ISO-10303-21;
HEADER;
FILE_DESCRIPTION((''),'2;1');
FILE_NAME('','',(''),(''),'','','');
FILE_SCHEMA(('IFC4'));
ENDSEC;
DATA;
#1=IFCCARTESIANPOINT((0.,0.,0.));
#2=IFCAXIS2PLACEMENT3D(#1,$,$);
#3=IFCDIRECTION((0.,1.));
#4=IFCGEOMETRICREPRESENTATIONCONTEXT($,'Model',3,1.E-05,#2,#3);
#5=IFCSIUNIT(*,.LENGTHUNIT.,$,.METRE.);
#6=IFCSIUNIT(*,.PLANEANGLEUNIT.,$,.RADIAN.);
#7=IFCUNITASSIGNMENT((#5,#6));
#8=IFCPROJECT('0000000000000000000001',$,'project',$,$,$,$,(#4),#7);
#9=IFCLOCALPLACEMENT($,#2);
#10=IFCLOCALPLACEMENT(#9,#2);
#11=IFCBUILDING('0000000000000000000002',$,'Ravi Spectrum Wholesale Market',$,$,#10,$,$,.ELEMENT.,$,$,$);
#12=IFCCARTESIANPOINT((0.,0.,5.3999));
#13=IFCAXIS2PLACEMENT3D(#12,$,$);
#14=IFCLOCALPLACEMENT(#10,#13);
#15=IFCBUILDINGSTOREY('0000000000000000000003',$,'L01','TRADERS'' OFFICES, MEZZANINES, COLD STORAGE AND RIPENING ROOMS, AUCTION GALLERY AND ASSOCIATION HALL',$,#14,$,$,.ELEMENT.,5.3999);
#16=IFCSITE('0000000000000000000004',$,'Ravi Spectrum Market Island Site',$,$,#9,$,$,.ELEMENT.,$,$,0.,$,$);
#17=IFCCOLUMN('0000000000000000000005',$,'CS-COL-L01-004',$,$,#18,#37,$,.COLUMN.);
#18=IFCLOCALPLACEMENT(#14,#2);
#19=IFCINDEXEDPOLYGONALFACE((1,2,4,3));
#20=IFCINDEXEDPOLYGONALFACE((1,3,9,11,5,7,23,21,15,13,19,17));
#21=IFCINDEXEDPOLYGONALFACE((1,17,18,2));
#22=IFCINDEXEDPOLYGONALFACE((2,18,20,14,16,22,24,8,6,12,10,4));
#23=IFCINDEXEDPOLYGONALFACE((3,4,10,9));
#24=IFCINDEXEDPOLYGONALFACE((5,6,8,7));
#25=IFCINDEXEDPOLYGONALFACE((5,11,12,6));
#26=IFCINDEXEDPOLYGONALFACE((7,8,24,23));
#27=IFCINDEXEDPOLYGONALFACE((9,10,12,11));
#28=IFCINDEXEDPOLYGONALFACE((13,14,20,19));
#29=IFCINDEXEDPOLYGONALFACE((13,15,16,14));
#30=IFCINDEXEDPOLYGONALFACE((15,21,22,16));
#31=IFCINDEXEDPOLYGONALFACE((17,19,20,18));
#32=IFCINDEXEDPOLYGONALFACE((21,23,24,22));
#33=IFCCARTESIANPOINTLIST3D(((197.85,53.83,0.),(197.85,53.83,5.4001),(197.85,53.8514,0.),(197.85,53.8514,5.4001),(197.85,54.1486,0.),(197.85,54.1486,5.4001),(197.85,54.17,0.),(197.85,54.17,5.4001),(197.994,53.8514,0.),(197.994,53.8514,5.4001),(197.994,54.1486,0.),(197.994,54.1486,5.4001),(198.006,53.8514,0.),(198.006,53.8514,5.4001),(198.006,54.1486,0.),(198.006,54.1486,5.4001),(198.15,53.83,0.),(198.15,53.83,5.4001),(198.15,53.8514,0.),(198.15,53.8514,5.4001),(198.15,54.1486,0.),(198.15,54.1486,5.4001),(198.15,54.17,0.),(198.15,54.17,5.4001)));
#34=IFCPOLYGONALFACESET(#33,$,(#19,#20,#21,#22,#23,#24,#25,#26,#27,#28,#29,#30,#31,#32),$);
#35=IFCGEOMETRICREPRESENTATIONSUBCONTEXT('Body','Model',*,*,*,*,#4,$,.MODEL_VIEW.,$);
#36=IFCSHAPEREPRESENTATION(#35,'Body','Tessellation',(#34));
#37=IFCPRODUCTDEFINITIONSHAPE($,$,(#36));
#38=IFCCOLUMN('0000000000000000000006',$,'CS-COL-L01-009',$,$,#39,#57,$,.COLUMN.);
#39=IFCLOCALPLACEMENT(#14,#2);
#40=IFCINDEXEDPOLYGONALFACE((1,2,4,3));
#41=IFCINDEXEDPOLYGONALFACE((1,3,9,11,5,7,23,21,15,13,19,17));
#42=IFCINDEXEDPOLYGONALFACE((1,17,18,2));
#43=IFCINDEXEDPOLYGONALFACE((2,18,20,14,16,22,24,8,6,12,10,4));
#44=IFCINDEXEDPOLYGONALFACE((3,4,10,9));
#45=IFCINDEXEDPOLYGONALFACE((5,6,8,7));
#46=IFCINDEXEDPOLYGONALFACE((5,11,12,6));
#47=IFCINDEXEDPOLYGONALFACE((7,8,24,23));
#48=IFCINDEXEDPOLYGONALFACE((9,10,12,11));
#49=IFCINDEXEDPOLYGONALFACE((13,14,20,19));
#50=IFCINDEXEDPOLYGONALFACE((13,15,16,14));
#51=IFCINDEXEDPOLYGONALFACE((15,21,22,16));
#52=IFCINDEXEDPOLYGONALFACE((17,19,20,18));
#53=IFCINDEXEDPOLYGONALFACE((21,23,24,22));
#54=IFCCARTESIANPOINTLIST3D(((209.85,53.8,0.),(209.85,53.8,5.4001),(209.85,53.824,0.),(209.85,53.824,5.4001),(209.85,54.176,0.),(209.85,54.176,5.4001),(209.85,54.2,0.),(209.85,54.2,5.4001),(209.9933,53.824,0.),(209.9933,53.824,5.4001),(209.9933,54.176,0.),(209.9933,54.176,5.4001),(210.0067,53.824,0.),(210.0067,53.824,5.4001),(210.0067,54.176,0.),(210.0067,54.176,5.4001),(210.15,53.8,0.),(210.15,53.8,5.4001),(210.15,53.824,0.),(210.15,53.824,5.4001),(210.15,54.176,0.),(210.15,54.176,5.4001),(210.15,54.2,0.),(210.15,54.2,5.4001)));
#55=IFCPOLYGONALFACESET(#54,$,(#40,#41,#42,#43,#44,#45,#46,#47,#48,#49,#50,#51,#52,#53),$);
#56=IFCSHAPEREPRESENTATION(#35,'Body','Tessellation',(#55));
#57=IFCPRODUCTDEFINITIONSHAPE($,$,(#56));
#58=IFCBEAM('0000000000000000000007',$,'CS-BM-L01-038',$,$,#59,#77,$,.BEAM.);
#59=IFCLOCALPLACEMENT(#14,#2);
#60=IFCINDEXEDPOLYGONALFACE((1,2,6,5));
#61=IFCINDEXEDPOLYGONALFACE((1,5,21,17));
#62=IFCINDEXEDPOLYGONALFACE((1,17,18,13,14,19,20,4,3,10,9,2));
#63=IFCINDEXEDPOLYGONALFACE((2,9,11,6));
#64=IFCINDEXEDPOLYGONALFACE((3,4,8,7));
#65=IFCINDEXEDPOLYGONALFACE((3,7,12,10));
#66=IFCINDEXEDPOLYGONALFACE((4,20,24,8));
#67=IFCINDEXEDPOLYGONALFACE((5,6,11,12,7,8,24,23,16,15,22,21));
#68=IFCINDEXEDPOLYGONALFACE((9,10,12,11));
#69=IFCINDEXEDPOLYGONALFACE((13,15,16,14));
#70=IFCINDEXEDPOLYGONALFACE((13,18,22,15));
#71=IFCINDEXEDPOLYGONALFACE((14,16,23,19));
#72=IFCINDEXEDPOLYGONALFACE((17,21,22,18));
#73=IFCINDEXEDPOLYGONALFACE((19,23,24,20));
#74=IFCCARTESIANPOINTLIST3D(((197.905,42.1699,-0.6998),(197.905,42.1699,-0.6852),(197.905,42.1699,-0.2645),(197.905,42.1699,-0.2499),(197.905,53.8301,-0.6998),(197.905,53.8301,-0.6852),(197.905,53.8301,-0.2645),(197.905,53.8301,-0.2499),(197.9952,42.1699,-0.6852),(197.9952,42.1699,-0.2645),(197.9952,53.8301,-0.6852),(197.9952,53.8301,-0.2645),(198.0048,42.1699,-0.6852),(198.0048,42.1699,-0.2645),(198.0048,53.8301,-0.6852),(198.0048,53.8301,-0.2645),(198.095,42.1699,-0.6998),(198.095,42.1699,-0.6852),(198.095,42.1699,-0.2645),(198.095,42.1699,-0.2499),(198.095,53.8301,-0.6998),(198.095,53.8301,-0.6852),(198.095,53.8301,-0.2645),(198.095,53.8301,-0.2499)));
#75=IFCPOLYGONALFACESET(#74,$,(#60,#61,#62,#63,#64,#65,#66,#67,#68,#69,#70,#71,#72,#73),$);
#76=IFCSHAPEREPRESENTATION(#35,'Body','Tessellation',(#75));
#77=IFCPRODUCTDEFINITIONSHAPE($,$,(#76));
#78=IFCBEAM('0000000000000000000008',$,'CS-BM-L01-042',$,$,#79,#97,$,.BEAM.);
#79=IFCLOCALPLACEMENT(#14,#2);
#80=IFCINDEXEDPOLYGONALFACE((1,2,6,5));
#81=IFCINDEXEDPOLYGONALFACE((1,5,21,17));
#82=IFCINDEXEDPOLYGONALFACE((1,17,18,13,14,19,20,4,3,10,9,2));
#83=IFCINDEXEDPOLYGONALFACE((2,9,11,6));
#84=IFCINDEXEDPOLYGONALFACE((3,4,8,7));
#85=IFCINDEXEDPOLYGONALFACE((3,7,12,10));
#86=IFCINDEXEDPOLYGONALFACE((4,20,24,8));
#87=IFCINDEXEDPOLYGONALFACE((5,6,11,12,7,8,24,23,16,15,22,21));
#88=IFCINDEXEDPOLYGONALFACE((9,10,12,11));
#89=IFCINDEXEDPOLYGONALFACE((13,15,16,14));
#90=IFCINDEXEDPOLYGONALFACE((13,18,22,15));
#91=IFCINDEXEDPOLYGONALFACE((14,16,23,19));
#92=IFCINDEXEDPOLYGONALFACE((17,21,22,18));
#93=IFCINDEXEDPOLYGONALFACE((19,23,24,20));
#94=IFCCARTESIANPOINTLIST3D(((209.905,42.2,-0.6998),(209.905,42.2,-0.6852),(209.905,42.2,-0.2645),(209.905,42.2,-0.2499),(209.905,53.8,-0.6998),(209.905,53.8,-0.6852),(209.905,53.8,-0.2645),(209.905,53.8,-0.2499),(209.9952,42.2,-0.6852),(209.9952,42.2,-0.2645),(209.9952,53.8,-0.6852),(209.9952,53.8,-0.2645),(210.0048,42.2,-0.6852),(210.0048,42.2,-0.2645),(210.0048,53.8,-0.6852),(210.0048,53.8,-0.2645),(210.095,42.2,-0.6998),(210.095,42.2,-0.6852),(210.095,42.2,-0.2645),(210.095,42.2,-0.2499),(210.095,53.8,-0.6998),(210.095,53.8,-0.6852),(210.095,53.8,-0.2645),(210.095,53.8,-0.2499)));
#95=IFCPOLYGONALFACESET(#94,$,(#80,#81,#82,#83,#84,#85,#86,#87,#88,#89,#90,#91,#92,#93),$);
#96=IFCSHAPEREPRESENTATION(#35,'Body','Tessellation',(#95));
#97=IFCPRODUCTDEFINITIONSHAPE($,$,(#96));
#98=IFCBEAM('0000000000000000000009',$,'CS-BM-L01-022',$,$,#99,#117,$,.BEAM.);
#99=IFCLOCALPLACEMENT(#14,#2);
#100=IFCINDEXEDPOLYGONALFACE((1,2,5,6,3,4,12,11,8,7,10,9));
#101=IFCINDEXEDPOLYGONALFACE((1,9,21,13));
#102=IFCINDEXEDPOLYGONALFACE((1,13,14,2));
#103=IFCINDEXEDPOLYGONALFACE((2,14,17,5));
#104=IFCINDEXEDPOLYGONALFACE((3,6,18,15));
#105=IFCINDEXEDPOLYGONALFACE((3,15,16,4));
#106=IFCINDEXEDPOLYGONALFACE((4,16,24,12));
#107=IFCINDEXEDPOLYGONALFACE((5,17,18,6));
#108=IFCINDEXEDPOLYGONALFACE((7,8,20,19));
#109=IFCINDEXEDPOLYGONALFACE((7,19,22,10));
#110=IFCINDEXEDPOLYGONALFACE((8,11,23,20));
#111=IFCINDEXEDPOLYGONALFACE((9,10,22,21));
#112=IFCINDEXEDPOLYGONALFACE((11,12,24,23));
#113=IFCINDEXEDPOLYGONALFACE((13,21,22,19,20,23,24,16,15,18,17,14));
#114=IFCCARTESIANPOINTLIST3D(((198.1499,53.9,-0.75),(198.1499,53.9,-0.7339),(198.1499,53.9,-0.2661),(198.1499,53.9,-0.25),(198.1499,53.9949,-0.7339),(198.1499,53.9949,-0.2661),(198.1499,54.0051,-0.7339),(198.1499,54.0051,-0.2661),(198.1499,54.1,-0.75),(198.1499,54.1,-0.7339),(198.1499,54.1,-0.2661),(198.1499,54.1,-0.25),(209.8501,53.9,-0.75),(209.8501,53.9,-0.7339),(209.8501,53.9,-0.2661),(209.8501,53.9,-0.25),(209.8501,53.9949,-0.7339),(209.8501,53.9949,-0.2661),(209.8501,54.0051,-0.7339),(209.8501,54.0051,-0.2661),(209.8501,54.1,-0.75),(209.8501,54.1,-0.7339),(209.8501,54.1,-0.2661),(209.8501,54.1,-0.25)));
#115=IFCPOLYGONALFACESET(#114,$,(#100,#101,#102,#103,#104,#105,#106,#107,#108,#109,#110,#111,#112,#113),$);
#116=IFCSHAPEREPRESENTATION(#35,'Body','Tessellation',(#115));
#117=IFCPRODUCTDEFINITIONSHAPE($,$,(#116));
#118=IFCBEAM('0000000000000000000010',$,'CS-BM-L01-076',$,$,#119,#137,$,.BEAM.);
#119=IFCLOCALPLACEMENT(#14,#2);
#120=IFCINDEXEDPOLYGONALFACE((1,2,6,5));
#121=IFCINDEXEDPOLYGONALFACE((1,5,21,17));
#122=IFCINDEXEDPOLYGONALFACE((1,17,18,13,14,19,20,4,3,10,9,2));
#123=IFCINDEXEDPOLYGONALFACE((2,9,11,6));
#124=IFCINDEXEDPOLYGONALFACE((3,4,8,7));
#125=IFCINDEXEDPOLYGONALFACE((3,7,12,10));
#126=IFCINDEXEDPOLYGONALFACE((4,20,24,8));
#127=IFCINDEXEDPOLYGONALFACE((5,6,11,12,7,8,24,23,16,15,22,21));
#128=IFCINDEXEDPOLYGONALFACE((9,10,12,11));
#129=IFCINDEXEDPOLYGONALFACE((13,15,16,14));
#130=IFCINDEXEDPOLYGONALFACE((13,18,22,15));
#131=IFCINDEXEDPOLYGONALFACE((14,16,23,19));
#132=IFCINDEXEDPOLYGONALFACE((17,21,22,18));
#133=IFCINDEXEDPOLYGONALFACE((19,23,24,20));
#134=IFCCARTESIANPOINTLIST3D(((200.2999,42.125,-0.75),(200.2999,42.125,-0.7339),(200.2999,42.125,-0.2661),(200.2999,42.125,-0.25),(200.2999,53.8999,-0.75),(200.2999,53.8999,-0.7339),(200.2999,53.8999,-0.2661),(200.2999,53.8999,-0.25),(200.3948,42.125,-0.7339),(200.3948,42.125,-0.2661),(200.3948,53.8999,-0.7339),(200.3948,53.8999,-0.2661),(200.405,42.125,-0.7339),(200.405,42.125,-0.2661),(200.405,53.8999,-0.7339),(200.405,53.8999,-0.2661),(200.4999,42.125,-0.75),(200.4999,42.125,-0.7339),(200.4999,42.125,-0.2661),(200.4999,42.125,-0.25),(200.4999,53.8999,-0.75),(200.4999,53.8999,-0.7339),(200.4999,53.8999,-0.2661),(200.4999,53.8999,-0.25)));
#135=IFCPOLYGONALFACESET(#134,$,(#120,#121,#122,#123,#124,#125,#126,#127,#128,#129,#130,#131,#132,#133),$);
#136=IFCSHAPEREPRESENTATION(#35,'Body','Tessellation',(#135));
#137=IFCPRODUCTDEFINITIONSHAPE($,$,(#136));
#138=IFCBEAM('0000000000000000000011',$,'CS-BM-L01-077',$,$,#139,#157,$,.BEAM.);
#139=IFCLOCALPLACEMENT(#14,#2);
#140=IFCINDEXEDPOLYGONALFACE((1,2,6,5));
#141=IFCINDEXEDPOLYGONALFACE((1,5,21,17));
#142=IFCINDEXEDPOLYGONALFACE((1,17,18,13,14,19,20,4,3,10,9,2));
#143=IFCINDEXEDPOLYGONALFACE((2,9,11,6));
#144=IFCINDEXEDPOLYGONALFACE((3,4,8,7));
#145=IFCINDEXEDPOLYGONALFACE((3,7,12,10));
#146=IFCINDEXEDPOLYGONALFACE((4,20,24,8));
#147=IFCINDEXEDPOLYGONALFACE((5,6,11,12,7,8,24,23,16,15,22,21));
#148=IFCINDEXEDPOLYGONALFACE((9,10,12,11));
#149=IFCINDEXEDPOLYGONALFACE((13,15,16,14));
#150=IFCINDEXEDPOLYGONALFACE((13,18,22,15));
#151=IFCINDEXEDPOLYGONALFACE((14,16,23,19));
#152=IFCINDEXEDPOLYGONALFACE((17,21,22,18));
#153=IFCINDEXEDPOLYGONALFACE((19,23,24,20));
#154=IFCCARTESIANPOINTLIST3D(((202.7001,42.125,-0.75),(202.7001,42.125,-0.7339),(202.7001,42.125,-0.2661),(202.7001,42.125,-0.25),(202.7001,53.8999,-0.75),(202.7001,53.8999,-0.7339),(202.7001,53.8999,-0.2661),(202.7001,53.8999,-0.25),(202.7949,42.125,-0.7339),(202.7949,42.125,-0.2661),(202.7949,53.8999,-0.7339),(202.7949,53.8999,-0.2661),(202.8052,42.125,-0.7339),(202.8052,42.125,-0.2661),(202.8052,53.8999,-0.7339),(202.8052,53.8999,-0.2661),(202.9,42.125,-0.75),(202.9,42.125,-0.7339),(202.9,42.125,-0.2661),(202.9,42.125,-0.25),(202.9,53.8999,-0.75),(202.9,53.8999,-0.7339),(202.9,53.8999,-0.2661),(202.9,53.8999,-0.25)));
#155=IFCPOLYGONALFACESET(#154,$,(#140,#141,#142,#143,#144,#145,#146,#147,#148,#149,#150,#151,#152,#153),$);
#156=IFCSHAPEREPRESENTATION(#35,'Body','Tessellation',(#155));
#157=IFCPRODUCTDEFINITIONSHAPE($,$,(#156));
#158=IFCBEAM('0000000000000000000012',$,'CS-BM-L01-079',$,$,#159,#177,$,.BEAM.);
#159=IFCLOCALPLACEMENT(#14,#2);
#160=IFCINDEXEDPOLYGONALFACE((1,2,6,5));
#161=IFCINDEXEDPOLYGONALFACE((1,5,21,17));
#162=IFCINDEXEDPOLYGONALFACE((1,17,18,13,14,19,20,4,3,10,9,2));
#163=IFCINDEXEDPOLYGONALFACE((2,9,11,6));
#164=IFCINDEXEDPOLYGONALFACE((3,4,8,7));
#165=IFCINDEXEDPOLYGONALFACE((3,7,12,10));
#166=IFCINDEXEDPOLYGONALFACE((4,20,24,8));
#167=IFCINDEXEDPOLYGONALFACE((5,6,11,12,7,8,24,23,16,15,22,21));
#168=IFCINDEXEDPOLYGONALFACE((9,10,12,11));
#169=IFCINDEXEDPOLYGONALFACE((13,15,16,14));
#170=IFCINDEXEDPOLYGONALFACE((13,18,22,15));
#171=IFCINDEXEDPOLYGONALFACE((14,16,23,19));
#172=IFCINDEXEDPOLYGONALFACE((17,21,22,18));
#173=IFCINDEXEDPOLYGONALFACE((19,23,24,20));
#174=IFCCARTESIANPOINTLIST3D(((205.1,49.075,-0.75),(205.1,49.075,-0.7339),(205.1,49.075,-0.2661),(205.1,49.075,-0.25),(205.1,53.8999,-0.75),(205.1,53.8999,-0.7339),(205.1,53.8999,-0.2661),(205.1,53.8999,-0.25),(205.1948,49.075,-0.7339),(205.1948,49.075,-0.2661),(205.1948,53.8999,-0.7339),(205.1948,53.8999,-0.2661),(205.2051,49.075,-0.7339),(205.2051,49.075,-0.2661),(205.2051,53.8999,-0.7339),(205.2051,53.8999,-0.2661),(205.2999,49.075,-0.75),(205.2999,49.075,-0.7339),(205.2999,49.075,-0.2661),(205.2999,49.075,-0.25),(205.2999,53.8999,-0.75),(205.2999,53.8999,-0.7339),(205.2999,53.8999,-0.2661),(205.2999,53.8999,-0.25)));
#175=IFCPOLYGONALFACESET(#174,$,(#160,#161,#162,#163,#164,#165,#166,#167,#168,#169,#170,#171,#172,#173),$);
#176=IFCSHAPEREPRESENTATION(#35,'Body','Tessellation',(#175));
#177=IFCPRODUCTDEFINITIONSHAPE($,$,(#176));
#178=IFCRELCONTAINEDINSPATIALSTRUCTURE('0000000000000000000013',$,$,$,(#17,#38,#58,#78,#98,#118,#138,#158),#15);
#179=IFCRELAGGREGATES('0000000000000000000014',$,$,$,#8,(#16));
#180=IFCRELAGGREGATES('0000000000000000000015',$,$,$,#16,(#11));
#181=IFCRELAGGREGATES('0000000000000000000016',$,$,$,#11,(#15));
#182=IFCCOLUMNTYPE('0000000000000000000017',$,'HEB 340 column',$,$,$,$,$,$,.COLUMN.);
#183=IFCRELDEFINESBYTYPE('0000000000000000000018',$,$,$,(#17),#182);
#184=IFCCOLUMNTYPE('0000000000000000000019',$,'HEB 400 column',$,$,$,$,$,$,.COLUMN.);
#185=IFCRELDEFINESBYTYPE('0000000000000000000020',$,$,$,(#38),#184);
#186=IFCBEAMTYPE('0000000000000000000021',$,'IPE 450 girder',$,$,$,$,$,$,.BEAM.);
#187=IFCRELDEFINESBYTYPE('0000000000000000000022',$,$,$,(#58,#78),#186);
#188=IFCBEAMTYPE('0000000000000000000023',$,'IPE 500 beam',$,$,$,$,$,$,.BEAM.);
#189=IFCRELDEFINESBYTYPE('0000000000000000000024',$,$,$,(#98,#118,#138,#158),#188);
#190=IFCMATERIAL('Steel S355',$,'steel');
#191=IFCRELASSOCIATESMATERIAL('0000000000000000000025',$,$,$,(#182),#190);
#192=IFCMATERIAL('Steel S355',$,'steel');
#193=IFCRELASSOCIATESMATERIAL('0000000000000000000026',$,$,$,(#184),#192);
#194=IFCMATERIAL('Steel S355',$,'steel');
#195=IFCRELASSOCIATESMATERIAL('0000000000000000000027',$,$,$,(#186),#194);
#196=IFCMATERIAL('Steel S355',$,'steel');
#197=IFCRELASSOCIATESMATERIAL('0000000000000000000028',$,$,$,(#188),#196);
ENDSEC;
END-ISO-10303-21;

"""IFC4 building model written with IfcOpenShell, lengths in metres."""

from ifc_helpers import new_model, si_unit, direction, frame, origin, origin_2d, place, context, subcontext, project, spatial, i_section, extrude, material, material_profile, profile_set, type_object, element, save


model = new_model("IFC4")

# Units and contexts
model_context = context("Model", 3, precision=1e-05, world=origin(), true_north=direction((0.0, 1.0)))
body_context = subcontext(model_context, "Body", "Model", "MODEL_VIEW")
ifc_project = project(units=[si_unit("LENGTHUNIT", "METRE"), si_unit("PLANEANGLEUNIT", "RADIAN")], contexts=[model_context])

# Site, building, storey
site_placement = place(None, origin())
site = spatial("IfcSite", under=ifc_project, at=site_placement, Name="Ravi Spectrum Market Island Site", CompositionType="ELEMENT", RefElevation=0.0)
building_placement = place(site_placement, origin())
building = spatial("IfcBuilding", under=site, at=building_placement, Name="Ravi Spectrum Wholesale Market", CompositionType="ELEMENT")
storey_placement = place(building_placement, frame((0.0, 0.0, 5.3999)))
storey = spatial("IfcBuildingStorey", under=building, at=storey_placement, Name="L01", Description="TRADERS' OFFICES, MEZZANINES, COLD STORAGE AND RIPENING ROOMS, AUCTION GALLERY AND ASSOCIATION HALL", CompositionType="ELEMENT", Elevation=5.3999)

# Columns
ifc_material_1 = material(Name="Steel S355", Category="steel")
ifc_material_profile_1 = material_profile(ifc_material_1, i_section(OverallWidth=0.3, OverallDepth=0.3401, WebThickness=0.012, FlangeThickness=0.0215, at=origin_2d()))
ifc_profile_set_1 = profile_set([ifc_material_profile_1], Name="Steel S355")
column_type_1 = type_object("IfcColumnType", Name="HEB 340 column", PredefinedType="COLUMN", material=ifc_profile_set_1)
column_1_placement = place(storey_placement, frame((198.0, 54.0, 0.0), z_axis=(0.0, 0.0, 1.0), x_axis=(1.0, 0.0, 0.0)))
element("IfcColumn", 1, at=column_1_placement, inside=storey, type_object=column_type_1, Name="CS-COL-L01-004", PredefinedType="COLUMN", context=body_context, shape_type="SweptSolid", body=[
    extrude(i_section(OverallWidth=0.3, OverallDepth=0.3401, WebThickness=0.012, FlangeThickness=0.0215, at=origin_2d()), origin(), (0.0, 0.0, 1.0), 5.4001),
])
ifc_material_2 = material(Name="Steel S355", Category="steel")
ifc_material_profile_2 = material_profile(ifc_material_2, i_section(OverallWidth=0.3, OverallDepth=0.3999, WebThickness=0.0134, FlangeThickness=0.0239, at=origin_2d()))
ifc_profile_set_2 = profile_set([ifc_material_profile_2], Name="Steel S355")
column_type_2 = type_object("IfcColumnType", Name="HEB 400 column", PredefinedType="COLUMN", material=ifc_profile_set_2)
column_2_placement = place(storey_placement, frame((210.0, 54.0, 0.0), z_axis=(0.0, 0.0, 1.0), x_axis=(1.0, 0.0, 0.0)))
element("IfcColumn", 2, at=column_2_placement, inside=storey, type_object=column_type_2, Name="CS-COL-L01-009", PredefinedType="COLUMN", context=body_context, shape_type="SweptSolid", body=[
    extrude(i_section(OverallWidth=0.3, OverallDepth=0.3999, WebThickness=0.0134, FlangeThickness=0.0239, at=origin_2d()), origin(), (0.0, 0.0, 1.0), 5.4001),
])

# Beams
ifc_material_3 = material(Name="Steel S355", Category="steel")
ifc_material_profile_3 = material_profile(ifc_material_3, i_section(OverallWidth=0.1899, OverallDepth=0.45, WebThickness=0.0095, FlangeThickness=0.0146, at=origin_2d()))
ifc_profile_set_3 = profile_set([ifc_material_profile_3], Name="Steel S355")
beam_type_1 = type_object("IfcBeamType", Name="IPE 450 girder", PredefinedType="BEAM", material=ifc_profile_set_3)
beam_1_placement = place(storey_placement, frame((198.0, 42.1699, -0.4749), z_axis=(0.0, 1.0, 0.0), x_axis=(-1.0, 0.0, 0.0)))
element("IfcBeam", 3, at=beam_1_placement, inside=storey, type_object=beam_type_1, Name="CS-BM-L01-038", PredefinedType="BEAM", context=body_context, shape_type="SweptSolid", body=[
    extrude(i_section(OverallWidth=0.1899, OverallDepth=0.45, WebThickness=0.0095, FlangeThickness=0.0146, at=origin_2d()), origin(), (0.0, 0.0, 1.0), 11.6602),
])
beam_2_placement = place(storey_placement, frame((210.0, 42.2, -0.4749), z_axis=(0.0, 1.0, 0.0), x_axis=(-1.0, 0.0, 0.0)))
element("IfcBeam", 4, at=beam_2_placement, inside=storey, type_object=beam_type_1, Name="CS-BM-L01-042", PredefinedType="BEAM", context=body_context, shape_type="SweptSolid", body=[
    extrude(i_section(OverallWidth=0.1899, OverallDepth=0.45, WebThickness=0.0095, FlangeThickness=0.0146, at=origin_2d()), origin(), (0.0, 0.0, 1.0), 11.6001),
])
ifc_material_4 = material(Name="Steel S355", Category="steel")
ifc_material_profile_4 = material_profile(ifc_material_4, i_section(OverallWidth=0.2, OverallDepth=0.5, WebThickness=0.0103, FlangeThickness=0.0161, at=origin_2d()))
ifc_profile_set_4 = profile_set([ifc_material_profile_4], Name="Steel S355")
beam_type_2 = type_object("IfcBeamType", Name="IPE 500 beam", PredefinedType="BEAM", material=ifc_profile_set_4)
beam_3_placement = place(storey_placement, frame((198.1499, 54.0, -0.5), z_axis=(1.0, 0.0, 0.0), x_axis=(0.0, 1.0, 0.0)))
element("IfcBeam", 5, at=beam_3_placement, inside=storey, type_object=beam_type_2, Name="CS-BM-L01-022", PredefinedType="BEAM", context=body_context, shape_type="SweptSolid", body=[
    extrude(i_section(OverallWidth=0.2, OverallDepth=0.5, WebThickness=0.0103, FlangeThickness=0.0161, at=origin_2d()), origin(), (0.0, 0.0, 1.0), 11.7002),
])
for number, where, z_axis, x_axis, name in (
    (6, (200.3999, 42.125, -0.5), (0.0, 1.0, 0.0), (-1.0, 0.0, 0.0), "CS-BM-L01-076"),
    (7, (202.8, 42.125, -0.5), (0.0, 1.0, 0.0), (-1.0, 0.0, 0.0), "CS-BM-L01-077"),
):
    element("IfcBeam", number, at=place(storey_placement, frame(where, z_axis=z_axis, x_axis=x_axis)), inside=storey, type_object=beam_type_2, Name=name, PredefinedType="BEAM", context=body_context, shape_type="SweptSolid", body=[
        extrude(i_section(OverallWidth=0.2, OverallDepth=0.5, WebThickness=0.0103, FlangeThickness=0.0161, at=origin_2d()), origin(), (0.0, 0.0, 1.0), 11.7749),
    ])
beam_4_placement = place(storey_placement, frame((205.2, 49.075, -0.5), z_axis=(0.0, 1.0, 0.0), x_axis=(-1.0, 0.0, 0.0)))
element("IfcBeam", 8, at=beam_4_placement, inside=storey, type_object=beam_type_2, Name="CS-BM-L01-079", PredefinedType="BEAM", context=body_context, shape_type="SweptSolid", body=[
    extrude(i_section(OverallWidth=0.2, OverallDepth=0.5, WebThickness=0.0103, FlangeThickness=0.0161, at=origin_2d()), origin(), (0.0, 0.0, 1.0), 4.825),
])

save(model, "model.ifc")
